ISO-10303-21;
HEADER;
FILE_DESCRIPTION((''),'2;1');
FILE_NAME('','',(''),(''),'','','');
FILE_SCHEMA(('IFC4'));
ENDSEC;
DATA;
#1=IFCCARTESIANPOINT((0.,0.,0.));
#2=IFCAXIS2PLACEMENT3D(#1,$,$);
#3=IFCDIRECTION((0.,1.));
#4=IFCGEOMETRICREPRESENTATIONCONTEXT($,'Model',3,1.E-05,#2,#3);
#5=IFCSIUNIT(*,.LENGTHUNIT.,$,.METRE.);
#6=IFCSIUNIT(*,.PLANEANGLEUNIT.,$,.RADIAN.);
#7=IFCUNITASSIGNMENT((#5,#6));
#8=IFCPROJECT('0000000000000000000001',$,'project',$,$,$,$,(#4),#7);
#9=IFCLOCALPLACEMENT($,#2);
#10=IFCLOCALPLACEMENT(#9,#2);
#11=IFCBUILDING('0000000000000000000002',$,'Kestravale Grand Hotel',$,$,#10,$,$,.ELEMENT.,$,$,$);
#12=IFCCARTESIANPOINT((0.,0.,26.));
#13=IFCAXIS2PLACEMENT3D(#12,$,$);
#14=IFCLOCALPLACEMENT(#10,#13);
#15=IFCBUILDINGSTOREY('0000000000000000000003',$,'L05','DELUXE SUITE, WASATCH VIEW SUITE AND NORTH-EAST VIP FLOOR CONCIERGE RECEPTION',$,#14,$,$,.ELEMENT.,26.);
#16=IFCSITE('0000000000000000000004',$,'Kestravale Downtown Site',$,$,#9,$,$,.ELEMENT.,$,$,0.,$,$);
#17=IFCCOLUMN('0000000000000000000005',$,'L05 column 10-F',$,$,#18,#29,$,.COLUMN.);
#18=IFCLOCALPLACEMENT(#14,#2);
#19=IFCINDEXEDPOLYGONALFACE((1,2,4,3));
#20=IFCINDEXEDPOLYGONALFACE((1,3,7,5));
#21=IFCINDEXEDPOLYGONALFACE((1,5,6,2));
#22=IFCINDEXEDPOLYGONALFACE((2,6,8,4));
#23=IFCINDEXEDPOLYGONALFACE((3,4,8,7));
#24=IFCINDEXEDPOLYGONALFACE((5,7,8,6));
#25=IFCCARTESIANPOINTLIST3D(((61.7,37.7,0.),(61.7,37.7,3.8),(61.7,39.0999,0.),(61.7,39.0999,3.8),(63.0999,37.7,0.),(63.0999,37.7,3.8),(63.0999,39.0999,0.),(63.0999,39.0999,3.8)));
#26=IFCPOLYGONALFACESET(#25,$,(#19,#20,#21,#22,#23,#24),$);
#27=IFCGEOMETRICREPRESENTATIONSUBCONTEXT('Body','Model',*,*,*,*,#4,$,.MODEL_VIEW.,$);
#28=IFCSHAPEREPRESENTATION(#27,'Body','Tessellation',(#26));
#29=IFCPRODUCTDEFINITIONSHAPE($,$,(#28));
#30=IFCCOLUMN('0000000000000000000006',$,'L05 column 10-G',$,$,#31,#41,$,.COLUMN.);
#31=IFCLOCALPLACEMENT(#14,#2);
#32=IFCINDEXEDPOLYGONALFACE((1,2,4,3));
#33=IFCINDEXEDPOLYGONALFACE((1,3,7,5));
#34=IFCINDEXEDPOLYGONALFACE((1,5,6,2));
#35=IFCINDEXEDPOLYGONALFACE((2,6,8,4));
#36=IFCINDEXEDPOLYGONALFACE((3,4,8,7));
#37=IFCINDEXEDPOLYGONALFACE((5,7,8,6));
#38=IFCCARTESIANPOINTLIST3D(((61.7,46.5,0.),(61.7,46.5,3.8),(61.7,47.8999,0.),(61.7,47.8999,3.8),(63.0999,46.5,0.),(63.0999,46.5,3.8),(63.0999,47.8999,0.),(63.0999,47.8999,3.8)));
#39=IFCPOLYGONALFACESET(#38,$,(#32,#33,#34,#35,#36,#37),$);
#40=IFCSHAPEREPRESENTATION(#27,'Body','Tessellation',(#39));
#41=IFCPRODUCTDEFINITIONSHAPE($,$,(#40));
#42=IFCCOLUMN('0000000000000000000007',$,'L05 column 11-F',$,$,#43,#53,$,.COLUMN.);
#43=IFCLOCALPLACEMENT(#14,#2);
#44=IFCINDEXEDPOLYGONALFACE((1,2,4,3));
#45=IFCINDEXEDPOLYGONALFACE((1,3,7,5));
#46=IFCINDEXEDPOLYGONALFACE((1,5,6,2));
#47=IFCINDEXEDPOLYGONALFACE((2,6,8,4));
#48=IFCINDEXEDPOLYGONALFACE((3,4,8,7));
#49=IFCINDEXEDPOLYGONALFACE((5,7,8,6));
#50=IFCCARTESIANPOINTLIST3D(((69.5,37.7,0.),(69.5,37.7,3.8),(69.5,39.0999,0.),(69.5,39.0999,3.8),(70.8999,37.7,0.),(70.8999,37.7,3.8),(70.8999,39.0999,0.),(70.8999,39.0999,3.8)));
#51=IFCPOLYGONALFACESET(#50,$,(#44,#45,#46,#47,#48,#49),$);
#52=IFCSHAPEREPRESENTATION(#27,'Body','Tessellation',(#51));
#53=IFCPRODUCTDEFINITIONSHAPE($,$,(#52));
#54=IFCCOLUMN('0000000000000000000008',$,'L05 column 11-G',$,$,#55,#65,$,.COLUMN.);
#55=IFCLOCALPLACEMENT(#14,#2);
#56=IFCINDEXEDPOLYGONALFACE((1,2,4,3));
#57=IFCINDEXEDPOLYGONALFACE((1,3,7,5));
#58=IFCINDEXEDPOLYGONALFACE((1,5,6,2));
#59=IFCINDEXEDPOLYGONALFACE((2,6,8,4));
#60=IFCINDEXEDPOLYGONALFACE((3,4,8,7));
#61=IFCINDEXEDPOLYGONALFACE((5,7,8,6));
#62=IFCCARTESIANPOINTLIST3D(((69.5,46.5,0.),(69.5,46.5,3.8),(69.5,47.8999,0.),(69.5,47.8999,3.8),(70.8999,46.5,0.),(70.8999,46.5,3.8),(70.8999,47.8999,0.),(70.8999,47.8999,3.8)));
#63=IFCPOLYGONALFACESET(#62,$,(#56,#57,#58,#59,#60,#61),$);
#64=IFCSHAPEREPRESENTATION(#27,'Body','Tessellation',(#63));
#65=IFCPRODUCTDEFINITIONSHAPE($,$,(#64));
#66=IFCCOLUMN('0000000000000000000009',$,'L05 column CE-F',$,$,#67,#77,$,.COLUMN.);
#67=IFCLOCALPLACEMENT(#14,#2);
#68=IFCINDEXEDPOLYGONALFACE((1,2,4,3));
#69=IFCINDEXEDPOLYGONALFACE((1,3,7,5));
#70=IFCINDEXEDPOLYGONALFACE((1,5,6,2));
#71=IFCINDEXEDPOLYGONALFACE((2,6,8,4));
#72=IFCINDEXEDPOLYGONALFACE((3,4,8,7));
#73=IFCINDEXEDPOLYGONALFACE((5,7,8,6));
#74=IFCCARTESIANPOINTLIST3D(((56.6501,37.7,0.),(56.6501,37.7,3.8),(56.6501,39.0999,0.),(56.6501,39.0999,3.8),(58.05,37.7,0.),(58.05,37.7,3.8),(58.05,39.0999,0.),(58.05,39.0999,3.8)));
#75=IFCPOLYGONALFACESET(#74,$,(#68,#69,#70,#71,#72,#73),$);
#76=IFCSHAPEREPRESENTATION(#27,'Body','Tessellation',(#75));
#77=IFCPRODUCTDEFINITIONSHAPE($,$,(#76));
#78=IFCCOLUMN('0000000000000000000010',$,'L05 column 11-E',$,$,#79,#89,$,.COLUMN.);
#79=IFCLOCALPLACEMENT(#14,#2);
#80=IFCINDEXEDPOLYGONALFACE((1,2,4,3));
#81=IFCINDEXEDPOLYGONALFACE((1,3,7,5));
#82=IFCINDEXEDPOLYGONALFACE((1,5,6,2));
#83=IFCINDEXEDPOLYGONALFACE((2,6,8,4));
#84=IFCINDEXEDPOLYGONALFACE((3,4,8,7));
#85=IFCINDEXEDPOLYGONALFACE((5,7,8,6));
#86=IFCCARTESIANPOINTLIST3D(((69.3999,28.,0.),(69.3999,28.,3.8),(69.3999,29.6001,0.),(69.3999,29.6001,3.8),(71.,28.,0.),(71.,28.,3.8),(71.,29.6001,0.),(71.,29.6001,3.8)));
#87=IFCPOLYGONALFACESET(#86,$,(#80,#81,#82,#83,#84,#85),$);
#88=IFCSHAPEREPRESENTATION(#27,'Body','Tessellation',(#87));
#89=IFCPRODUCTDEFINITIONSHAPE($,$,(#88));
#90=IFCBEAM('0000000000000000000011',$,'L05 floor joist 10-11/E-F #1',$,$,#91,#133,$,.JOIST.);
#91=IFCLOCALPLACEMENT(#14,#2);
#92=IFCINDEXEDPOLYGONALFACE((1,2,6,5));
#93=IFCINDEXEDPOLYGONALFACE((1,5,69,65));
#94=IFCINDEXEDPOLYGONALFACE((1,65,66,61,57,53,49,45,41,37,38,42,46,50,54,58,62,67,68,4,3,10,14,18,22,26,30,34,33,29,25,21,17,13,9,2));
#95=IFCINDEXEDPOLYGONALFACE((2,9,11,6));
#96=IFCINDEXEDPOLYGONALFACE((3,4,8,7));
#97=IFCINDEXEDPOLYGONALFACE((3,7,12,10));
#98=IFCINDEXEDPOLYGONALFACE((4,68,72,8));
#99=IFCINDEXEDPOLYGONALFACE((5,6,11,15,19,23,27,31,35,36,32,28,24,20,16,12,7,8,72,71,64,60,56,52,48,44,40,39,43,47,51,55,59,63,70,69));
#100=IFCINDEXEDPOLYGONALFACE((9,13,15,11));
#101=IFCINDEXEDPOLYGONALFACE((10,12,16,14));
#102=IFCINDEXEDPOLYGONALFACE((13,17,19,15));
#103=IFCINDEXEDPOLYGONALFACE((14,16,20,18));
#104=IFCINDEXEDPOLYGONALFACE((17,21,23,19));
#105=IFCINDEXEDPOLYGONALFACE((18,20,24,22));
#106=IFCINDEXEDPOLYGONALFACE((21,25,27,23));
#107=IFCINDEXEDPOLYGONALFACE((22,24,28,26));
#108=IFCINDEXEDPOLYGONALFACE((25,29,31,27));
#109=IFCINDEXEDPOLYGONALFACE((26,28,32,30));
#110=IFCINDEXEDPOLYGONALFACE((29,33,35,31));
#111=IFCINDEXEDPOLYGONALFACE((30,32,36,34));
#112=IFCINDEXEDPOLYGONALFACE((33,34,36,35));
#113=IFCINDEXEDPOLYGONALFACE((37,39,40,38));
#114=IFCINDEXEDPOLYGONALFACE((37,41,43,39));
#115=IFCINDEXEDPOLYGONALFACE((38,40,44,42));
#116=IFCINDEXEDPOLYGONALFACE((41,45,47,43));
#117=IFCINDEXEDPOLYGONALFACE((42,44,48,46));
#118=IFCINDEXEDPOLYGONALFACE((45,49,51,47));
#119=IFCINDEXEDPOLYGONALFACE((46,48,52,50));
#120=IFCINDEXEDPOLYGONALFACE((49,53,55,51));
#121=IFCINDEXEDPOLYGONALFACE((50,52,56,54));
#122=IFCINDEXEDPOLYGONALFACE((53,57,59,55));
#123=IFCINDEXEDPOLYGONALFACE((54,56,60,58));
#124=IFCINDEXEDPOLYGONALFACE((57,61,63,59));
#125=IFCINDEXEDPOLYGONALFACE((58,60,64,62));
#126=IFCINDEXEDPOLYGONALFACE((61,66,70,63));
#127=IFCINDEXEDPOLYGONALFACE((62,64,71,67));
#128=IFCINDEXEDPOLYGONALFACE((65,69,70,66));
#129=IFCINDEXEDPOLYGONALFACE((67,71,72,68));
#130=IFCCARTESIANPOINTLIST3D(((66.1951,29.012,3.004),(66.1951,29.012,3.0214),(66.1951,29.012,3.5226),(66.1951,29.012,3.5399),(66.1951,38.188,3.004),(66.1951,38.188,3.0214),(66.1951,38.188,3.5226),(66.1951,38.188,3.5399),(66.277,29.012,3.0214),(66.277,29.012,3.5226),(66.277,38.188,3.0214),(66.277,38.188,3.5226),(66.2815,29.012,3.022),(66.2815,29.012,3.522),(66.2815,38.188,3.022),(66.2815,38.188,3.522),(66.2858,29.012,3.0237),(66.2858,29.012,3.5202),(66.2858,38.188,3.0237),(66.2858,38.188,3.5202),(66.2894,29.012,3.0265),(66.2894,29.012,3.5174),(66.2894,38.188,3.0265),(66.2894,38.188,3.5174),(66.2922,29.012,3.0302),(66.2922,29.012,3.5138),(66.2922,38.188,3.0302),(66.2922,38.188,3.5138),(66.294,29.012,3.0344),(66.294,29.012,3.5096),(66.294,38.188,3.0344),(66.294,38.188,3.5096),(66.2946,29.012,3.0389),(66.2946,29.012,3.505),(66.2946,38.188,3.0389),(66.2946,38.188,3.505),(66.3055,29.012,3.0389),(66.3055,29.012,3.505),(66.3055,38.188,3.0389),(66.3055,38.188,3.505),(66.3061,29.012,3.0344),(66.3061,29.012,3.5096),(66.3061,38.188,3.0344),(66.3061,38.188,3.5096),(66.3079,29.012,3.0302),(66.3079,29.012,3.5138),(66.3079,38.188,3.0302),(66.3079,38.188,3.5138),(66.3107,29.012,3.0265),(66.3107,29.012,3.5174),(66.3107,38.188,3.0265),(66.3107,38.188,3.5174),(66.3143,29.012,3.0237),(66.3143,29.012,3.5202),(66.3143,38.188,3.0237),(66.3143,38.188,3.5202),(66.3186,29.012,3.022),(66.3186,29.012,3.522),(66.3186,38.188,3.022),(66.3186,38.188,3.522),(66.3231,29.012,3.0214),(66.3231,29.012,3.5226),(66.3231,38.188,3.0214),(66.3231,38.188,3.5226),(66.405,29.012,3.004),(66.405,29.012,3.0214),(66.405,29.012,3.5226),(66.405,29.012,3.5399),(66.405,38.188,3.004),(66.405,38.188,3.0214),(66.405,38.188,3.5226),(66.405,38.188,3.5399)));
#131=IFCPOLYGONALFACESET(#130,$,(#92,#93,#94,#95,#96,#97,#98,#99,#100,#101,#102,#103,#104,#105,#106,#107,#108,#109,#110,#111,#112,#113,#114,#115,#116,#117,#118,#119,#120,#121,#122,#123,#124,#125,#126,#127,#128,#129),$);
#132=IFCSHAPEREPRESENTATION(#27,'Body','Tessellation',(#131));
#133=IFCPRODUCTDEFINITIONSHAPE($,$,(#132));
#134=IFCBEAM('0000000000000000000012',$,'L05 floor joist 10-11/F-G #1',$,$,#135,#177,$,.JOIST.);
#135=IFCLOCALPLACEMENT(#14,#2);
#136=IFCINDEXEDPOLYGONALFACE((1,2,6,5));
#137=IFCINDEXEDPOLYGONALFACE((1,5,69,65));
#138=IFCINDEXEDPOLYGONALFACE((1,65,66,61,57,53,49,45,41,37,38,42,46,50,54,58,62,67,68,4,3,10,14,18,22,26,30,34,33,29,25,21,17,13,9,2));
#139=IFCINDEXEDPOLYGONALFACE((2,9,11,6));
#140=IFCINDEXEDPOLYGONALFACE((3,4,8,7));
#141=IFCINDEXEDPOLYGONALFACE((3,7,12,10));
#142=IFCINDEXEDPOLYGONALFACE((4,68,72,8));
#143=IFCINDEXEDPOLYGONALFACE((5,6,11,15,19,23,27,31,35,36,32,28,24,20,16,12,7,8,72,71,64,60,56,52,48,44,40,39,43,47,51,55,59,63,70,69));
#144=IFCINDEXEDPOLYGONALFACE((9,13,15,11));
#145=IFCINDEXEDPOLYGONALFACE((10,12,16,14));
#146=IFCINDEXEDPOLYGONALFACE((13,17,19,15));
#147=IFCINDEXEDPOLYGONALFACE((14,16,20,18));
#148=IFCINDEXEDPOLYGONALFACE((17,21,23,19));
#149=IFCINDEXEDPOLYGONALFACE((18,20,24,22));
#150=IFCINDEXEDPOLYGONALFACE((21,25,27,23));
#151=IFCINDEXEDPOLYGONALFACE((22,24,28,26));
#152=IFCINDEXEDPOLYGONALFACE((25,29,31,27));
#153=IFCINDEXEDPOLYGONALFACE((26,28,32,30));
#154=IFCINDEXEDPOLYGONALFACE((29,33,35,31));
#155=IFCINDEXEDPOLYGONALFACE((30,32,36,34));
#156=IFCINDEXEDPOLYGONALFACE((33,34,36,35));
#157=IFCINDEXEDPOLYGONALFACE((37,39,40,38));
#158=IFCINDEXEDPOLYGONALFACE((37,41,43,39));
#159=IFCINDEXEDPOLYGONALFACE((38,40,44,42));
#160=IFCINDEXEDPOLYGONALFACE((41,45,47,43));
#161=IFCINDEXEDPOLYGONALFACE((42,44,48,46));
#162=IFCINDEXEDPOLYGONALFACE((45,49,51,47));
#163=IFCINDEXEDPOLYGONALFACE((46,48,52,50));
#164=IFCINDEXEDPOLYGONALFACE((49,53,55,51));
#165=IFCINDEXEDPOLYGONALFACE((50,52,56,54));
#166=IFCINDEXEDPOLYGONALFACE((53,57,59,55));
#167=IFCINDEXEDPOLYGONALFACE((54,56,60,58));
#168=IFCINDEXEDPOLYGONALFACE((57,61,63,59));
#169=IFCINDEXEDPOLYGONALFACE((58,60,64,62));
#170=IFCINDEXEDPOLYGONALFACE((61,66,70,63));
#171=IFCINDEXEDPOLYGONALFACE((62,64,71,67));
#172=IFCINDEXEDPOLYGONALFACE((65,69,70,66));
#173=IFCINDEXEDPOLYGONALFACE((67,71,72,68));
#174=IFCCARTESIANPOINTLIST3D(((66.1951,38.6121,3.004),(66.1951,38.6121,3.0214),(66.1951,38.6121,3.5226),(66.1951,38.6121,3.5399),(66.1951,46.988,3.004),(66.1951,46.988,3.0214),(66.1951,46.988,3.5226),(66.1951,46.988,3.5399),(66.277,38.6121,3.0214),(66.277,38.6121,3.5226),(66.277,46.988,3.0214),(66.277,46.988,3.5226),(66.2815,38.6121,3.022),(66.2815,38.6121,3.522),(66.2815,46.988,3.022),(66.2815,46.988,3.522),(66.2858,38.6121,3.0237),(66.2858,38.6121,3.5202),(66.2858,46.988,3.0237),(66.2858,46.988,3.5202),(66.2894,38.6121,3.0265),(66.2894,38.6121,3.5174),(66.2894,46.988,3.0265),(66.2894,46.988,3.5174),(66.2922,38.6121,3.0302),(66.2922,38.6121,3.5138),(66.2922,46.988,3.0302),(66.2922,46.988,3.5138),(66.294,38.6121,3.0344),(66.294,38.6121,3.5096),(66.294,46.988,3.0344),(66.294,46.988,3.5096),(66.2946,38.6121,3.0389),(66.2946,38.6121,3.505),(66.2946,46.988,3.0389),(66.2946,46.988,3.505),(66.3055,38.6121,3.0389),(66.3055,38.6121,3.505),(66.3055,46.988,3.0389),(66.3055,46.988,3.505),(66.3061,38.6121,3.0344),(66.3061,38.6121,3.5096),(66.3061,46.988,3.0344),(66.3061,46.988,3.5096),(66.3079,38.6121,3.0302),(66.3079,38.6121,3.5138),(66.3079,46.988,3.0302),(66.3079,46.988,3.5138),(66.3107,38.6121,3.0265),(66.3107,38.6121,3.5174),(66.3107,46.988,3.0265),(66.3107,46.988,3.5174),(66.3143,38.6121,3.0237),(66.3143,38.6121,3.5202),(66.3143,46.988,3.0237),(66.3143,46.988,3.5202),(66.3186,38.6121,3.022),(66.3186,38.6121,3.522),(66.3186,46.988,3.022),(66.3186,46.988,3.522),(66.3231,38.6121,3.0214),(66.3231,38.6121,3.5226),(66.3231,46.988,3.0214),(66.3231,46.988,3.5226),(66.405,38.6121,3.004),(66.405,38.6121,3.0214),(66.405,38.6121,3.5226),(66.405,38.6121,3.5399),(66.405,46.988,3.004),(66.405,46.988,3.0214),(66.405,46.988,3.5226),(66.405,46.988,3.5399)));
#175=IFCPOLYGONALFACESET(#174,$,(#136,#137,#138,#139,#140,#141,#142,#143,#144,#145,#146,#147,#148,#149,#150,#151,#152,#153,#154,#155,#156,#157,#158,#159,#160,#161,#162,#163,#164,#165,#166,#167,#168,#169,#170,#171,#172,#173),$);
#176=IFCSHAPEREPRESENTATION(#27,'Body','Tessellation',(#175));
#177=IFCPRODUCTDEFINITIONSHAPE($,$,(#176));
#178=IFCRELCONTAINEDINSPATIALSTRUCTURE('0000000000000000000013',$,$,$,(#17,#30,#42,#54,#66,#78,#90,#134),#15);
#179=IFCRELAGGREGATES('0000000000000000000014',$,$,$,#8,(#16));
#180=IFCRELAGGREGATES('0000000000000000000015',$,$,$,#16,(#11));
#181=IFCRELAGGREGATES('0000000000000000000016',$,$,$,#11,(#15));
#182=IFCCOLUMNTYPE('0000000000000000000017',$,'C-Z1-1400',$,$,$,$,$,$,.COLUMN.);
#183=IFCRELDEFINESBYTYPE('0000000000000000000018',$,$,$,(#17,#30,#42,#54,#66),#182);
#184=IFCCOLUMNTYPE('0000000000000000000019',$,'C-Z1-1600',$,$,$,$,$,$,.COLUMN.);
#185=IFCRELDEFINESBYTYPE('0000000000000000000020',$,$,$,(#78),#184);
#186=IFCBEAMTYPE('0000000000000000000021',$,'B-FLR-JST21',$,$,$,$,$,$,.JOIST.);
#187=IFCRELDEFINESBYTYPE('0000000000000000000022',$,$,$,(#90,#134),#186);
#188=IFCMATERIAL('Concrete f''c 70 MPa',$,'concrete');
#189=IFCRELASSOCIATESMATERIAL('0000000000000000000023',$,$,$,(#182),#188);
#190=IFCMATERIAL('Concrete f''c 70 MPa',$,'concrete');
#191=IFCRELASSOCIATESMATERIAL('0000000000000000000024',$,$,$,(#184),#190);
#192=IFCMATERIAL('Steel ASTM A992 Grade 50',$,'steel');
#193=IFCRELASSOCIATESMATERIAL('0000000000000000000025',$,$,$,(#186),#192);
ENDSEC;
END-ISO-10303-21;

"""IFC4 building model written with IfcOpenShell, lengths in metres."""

from ifc_helpers import new_model, si_unit, direction, frame, origin, origin_2d, place, context, subcontext, project, spatial, rectangle, i_section, extrude, material, material_profile, profile_set, type_object, element, save


model = new_model("IFC4")

# Units and contexts
model_context = context("Model", 3, precision=1e-05, world=origin(), true_north=direction((0.0, 1.0)))
body_context = subcontext(model_context, "Body", "Model", "MODEL_VIEW")
ifc_project = project(units=[si_unit("LENGTHUNIT", "METRE"), si_unit("PLANEANGLEUNIT", "RADIAN")], contexts=[model_context])

# Site, building, storey
site_placement = place(None, origin())
site = spatial("IfcSite", under=ifc_project, at=site_placement, Name="Kestravale Downtown Site", CompositionType="ELEMENT", RefElevation=0.0)
building_placement = place(site_placement, origin())
building = spatial("IfcBuilding", under=site, at=building_placement, Name="Kestravale Grand Hotel", CompositionType="ELEMENT")
storey_placement = place(building_placement, frame((0.0, 0.0, 26.0)))
storey = spatial("IfcBuildingStorey", under=building, at=storey_placement, Name="L05", Description="DELUXE SUITE, WASATCH VIEW SUITE AND NORTH-EAST VIP FLOOR CONCIERGE RECEPTION", CompositionType="ELEMENT", Elevation=26.0)

# Columns
ifc_material_1 = material(Name="Concrete f'c 70 MPa", Category="concrete")
ifc_material_profile_1 = material_profile(ifc_material_1, rectangle(XDim=1.3999, YDim=1.3999, at=origin_2d()))
ifc_profile_set_1 = profile_set([ifc_material_profile_1], Name="Concrete f'c 70 MPa")
column_type_1 = type_object("IfcColumnType", Name="C-Z1-1400", PredefinedType="COLUMN", material=ifc_profile_set_1)
for number, where, z_axis, x_axis, name in (
    (1, (62.3999, 38.3999, 0.0), (0.0, 0.0, 1.0), (1.0, 0.0, 0.0), "L05 column 10-F"),
    (2, (62.3999, 47.2, 0.0), (0.0, 0.0, 1.0), (1.0, 0.0, 0.0), "L05 column 10-G"),
    (3, (70.2, 38.3999, 0.0), (0.0, 0.0, 1.0), (1.0, 0.0, 0.0), "L05 column 11-F"),
    (4, (70.2, 47.2, 0.0), (0.0, 0.0, 1.0), (1.0, 0.0, 0.0), "L05 column 11-G"),
    (5, (57.3501, 38.3999, 0.0), (0.0, 0.0, 1.0), (1.0, 0.0, 0.0), "L05 column CE-F"),
):
    element("IfcColumn", number, at=place(storey_placement, frame(where, z_axis=z_axis, x_axis=x_axis)), inside=storey, type_object=column_type_1, Name=name, PredefinedType="COLUMN", context=body_context, shape_type="SweptSolid", body=[
        extrude(rectangle(XDim=1.3999, YDim=1.3999, at=origin_2d()), origin(), (0.0, 0.0, 1.0), 3.8),
    ])
ifc_material_2 = material(Name="Concrete f'c 70 MPa", Category="concrete")
ifc_material_profile_2 = material_profile(ifc_material_2, rectangle(XDim=1.6001, YDim=1.6001, at=origin_2d()))
ifc_profile_set_2 = profile_set([ifc_material_profile_2], Name="Concrete f'c 70 MPa")
column_type_2 = type_object("IfcColumnType", Name="C-Z1-1600", PredefinedType="COLUMN", material=ifc_profile_set_2)
column_placement = place(storey_placement, frame((70.2, 28.8, 0.0), z_axis=(0.0, 0.0, 1.0), x_axis=(1.0, 0.0, 0.0)))
element("IfcColumn", 6, at=column_placement, inside=storey, type_object=column_type_2, Name="L05 column 11-E", PredefinedType="COLUMN", context=body_context, shape_type="SweptSolid", body=[
    extrude(rectangle(XDim=1.6001, YDim=1.6001, at=origin_2d()), origin(), (0.0, 0.0, 1.0), 3.8),
])

# Beams
ifc_material_3 = material(Name="Steel ASTM A992 Grade 50", Category="steel")
ifc_material_profile_3 = material_profile(ifc_material_3, i_section(OverallWidth=0.21, OverallDepth=0.5359, WebThickness=0.011, FlangeThickness=0.0173, FilletRadius=0.0176, at=origin_2d()))
ifc_profile_set_3 = profile_set([ifc_material_profile_3], Name="Steel ASTM A992 Grade 50")
beam_type_1 = type_object("IfcBeamType", Name="B-FLR-JST21", PredefinedType="JOIST", material=ifc_profile_set_3)
beam_1_placement = place(storey_placement, frame((66.3, 29.012, 3.272), z_axis=(0.0, 1.0, 0.0), x_axis=(-1.0, 0.0, 0.0)))
element("IfcBeam", 7, at=beam_1_placement, inside=storey, type_object=beam_type_1, Name="L05 floor joist 10-11/E-F #1", PredefinedType="JOIST", context=body_context, shape_type="SweptSolid", body=[
    extrude(i_section(OverallWidth=0.21, OverallDepth=0.5359, WebThickness=0.011, FlangeThickness=0.0173, FilletRadius=0.0176, at=origin_2d()), origin(), (0.0, 0.0, 1.0), 9.176),
])
beam_2_placement = place(storey_placement, frame((66.3, 38.6121, 3.272), z_axis=(0.0, 1.0, 0.0), x_axis=(-1.0, 0.0, 0.0)))
element("IfcBeam", 8, at=beam_2_placement, inside=storey, type_object=beam_type_1, Name="L05 floor joist 10-11/F-G #1", PredefinedType="JOIST", context=body_context, shape_type="SweptSolid", body=[
    extrude(i_section(OverallWidth=0.21, OverallDepth=0.5359, WebThickness=0.011, FlangeThickness=0.0173, FilletRadius=0.0176, at=origin_2d()), origin(), (0.0, 0.0, 1.0), 8.376),
])

save(model, "model.ifc")
